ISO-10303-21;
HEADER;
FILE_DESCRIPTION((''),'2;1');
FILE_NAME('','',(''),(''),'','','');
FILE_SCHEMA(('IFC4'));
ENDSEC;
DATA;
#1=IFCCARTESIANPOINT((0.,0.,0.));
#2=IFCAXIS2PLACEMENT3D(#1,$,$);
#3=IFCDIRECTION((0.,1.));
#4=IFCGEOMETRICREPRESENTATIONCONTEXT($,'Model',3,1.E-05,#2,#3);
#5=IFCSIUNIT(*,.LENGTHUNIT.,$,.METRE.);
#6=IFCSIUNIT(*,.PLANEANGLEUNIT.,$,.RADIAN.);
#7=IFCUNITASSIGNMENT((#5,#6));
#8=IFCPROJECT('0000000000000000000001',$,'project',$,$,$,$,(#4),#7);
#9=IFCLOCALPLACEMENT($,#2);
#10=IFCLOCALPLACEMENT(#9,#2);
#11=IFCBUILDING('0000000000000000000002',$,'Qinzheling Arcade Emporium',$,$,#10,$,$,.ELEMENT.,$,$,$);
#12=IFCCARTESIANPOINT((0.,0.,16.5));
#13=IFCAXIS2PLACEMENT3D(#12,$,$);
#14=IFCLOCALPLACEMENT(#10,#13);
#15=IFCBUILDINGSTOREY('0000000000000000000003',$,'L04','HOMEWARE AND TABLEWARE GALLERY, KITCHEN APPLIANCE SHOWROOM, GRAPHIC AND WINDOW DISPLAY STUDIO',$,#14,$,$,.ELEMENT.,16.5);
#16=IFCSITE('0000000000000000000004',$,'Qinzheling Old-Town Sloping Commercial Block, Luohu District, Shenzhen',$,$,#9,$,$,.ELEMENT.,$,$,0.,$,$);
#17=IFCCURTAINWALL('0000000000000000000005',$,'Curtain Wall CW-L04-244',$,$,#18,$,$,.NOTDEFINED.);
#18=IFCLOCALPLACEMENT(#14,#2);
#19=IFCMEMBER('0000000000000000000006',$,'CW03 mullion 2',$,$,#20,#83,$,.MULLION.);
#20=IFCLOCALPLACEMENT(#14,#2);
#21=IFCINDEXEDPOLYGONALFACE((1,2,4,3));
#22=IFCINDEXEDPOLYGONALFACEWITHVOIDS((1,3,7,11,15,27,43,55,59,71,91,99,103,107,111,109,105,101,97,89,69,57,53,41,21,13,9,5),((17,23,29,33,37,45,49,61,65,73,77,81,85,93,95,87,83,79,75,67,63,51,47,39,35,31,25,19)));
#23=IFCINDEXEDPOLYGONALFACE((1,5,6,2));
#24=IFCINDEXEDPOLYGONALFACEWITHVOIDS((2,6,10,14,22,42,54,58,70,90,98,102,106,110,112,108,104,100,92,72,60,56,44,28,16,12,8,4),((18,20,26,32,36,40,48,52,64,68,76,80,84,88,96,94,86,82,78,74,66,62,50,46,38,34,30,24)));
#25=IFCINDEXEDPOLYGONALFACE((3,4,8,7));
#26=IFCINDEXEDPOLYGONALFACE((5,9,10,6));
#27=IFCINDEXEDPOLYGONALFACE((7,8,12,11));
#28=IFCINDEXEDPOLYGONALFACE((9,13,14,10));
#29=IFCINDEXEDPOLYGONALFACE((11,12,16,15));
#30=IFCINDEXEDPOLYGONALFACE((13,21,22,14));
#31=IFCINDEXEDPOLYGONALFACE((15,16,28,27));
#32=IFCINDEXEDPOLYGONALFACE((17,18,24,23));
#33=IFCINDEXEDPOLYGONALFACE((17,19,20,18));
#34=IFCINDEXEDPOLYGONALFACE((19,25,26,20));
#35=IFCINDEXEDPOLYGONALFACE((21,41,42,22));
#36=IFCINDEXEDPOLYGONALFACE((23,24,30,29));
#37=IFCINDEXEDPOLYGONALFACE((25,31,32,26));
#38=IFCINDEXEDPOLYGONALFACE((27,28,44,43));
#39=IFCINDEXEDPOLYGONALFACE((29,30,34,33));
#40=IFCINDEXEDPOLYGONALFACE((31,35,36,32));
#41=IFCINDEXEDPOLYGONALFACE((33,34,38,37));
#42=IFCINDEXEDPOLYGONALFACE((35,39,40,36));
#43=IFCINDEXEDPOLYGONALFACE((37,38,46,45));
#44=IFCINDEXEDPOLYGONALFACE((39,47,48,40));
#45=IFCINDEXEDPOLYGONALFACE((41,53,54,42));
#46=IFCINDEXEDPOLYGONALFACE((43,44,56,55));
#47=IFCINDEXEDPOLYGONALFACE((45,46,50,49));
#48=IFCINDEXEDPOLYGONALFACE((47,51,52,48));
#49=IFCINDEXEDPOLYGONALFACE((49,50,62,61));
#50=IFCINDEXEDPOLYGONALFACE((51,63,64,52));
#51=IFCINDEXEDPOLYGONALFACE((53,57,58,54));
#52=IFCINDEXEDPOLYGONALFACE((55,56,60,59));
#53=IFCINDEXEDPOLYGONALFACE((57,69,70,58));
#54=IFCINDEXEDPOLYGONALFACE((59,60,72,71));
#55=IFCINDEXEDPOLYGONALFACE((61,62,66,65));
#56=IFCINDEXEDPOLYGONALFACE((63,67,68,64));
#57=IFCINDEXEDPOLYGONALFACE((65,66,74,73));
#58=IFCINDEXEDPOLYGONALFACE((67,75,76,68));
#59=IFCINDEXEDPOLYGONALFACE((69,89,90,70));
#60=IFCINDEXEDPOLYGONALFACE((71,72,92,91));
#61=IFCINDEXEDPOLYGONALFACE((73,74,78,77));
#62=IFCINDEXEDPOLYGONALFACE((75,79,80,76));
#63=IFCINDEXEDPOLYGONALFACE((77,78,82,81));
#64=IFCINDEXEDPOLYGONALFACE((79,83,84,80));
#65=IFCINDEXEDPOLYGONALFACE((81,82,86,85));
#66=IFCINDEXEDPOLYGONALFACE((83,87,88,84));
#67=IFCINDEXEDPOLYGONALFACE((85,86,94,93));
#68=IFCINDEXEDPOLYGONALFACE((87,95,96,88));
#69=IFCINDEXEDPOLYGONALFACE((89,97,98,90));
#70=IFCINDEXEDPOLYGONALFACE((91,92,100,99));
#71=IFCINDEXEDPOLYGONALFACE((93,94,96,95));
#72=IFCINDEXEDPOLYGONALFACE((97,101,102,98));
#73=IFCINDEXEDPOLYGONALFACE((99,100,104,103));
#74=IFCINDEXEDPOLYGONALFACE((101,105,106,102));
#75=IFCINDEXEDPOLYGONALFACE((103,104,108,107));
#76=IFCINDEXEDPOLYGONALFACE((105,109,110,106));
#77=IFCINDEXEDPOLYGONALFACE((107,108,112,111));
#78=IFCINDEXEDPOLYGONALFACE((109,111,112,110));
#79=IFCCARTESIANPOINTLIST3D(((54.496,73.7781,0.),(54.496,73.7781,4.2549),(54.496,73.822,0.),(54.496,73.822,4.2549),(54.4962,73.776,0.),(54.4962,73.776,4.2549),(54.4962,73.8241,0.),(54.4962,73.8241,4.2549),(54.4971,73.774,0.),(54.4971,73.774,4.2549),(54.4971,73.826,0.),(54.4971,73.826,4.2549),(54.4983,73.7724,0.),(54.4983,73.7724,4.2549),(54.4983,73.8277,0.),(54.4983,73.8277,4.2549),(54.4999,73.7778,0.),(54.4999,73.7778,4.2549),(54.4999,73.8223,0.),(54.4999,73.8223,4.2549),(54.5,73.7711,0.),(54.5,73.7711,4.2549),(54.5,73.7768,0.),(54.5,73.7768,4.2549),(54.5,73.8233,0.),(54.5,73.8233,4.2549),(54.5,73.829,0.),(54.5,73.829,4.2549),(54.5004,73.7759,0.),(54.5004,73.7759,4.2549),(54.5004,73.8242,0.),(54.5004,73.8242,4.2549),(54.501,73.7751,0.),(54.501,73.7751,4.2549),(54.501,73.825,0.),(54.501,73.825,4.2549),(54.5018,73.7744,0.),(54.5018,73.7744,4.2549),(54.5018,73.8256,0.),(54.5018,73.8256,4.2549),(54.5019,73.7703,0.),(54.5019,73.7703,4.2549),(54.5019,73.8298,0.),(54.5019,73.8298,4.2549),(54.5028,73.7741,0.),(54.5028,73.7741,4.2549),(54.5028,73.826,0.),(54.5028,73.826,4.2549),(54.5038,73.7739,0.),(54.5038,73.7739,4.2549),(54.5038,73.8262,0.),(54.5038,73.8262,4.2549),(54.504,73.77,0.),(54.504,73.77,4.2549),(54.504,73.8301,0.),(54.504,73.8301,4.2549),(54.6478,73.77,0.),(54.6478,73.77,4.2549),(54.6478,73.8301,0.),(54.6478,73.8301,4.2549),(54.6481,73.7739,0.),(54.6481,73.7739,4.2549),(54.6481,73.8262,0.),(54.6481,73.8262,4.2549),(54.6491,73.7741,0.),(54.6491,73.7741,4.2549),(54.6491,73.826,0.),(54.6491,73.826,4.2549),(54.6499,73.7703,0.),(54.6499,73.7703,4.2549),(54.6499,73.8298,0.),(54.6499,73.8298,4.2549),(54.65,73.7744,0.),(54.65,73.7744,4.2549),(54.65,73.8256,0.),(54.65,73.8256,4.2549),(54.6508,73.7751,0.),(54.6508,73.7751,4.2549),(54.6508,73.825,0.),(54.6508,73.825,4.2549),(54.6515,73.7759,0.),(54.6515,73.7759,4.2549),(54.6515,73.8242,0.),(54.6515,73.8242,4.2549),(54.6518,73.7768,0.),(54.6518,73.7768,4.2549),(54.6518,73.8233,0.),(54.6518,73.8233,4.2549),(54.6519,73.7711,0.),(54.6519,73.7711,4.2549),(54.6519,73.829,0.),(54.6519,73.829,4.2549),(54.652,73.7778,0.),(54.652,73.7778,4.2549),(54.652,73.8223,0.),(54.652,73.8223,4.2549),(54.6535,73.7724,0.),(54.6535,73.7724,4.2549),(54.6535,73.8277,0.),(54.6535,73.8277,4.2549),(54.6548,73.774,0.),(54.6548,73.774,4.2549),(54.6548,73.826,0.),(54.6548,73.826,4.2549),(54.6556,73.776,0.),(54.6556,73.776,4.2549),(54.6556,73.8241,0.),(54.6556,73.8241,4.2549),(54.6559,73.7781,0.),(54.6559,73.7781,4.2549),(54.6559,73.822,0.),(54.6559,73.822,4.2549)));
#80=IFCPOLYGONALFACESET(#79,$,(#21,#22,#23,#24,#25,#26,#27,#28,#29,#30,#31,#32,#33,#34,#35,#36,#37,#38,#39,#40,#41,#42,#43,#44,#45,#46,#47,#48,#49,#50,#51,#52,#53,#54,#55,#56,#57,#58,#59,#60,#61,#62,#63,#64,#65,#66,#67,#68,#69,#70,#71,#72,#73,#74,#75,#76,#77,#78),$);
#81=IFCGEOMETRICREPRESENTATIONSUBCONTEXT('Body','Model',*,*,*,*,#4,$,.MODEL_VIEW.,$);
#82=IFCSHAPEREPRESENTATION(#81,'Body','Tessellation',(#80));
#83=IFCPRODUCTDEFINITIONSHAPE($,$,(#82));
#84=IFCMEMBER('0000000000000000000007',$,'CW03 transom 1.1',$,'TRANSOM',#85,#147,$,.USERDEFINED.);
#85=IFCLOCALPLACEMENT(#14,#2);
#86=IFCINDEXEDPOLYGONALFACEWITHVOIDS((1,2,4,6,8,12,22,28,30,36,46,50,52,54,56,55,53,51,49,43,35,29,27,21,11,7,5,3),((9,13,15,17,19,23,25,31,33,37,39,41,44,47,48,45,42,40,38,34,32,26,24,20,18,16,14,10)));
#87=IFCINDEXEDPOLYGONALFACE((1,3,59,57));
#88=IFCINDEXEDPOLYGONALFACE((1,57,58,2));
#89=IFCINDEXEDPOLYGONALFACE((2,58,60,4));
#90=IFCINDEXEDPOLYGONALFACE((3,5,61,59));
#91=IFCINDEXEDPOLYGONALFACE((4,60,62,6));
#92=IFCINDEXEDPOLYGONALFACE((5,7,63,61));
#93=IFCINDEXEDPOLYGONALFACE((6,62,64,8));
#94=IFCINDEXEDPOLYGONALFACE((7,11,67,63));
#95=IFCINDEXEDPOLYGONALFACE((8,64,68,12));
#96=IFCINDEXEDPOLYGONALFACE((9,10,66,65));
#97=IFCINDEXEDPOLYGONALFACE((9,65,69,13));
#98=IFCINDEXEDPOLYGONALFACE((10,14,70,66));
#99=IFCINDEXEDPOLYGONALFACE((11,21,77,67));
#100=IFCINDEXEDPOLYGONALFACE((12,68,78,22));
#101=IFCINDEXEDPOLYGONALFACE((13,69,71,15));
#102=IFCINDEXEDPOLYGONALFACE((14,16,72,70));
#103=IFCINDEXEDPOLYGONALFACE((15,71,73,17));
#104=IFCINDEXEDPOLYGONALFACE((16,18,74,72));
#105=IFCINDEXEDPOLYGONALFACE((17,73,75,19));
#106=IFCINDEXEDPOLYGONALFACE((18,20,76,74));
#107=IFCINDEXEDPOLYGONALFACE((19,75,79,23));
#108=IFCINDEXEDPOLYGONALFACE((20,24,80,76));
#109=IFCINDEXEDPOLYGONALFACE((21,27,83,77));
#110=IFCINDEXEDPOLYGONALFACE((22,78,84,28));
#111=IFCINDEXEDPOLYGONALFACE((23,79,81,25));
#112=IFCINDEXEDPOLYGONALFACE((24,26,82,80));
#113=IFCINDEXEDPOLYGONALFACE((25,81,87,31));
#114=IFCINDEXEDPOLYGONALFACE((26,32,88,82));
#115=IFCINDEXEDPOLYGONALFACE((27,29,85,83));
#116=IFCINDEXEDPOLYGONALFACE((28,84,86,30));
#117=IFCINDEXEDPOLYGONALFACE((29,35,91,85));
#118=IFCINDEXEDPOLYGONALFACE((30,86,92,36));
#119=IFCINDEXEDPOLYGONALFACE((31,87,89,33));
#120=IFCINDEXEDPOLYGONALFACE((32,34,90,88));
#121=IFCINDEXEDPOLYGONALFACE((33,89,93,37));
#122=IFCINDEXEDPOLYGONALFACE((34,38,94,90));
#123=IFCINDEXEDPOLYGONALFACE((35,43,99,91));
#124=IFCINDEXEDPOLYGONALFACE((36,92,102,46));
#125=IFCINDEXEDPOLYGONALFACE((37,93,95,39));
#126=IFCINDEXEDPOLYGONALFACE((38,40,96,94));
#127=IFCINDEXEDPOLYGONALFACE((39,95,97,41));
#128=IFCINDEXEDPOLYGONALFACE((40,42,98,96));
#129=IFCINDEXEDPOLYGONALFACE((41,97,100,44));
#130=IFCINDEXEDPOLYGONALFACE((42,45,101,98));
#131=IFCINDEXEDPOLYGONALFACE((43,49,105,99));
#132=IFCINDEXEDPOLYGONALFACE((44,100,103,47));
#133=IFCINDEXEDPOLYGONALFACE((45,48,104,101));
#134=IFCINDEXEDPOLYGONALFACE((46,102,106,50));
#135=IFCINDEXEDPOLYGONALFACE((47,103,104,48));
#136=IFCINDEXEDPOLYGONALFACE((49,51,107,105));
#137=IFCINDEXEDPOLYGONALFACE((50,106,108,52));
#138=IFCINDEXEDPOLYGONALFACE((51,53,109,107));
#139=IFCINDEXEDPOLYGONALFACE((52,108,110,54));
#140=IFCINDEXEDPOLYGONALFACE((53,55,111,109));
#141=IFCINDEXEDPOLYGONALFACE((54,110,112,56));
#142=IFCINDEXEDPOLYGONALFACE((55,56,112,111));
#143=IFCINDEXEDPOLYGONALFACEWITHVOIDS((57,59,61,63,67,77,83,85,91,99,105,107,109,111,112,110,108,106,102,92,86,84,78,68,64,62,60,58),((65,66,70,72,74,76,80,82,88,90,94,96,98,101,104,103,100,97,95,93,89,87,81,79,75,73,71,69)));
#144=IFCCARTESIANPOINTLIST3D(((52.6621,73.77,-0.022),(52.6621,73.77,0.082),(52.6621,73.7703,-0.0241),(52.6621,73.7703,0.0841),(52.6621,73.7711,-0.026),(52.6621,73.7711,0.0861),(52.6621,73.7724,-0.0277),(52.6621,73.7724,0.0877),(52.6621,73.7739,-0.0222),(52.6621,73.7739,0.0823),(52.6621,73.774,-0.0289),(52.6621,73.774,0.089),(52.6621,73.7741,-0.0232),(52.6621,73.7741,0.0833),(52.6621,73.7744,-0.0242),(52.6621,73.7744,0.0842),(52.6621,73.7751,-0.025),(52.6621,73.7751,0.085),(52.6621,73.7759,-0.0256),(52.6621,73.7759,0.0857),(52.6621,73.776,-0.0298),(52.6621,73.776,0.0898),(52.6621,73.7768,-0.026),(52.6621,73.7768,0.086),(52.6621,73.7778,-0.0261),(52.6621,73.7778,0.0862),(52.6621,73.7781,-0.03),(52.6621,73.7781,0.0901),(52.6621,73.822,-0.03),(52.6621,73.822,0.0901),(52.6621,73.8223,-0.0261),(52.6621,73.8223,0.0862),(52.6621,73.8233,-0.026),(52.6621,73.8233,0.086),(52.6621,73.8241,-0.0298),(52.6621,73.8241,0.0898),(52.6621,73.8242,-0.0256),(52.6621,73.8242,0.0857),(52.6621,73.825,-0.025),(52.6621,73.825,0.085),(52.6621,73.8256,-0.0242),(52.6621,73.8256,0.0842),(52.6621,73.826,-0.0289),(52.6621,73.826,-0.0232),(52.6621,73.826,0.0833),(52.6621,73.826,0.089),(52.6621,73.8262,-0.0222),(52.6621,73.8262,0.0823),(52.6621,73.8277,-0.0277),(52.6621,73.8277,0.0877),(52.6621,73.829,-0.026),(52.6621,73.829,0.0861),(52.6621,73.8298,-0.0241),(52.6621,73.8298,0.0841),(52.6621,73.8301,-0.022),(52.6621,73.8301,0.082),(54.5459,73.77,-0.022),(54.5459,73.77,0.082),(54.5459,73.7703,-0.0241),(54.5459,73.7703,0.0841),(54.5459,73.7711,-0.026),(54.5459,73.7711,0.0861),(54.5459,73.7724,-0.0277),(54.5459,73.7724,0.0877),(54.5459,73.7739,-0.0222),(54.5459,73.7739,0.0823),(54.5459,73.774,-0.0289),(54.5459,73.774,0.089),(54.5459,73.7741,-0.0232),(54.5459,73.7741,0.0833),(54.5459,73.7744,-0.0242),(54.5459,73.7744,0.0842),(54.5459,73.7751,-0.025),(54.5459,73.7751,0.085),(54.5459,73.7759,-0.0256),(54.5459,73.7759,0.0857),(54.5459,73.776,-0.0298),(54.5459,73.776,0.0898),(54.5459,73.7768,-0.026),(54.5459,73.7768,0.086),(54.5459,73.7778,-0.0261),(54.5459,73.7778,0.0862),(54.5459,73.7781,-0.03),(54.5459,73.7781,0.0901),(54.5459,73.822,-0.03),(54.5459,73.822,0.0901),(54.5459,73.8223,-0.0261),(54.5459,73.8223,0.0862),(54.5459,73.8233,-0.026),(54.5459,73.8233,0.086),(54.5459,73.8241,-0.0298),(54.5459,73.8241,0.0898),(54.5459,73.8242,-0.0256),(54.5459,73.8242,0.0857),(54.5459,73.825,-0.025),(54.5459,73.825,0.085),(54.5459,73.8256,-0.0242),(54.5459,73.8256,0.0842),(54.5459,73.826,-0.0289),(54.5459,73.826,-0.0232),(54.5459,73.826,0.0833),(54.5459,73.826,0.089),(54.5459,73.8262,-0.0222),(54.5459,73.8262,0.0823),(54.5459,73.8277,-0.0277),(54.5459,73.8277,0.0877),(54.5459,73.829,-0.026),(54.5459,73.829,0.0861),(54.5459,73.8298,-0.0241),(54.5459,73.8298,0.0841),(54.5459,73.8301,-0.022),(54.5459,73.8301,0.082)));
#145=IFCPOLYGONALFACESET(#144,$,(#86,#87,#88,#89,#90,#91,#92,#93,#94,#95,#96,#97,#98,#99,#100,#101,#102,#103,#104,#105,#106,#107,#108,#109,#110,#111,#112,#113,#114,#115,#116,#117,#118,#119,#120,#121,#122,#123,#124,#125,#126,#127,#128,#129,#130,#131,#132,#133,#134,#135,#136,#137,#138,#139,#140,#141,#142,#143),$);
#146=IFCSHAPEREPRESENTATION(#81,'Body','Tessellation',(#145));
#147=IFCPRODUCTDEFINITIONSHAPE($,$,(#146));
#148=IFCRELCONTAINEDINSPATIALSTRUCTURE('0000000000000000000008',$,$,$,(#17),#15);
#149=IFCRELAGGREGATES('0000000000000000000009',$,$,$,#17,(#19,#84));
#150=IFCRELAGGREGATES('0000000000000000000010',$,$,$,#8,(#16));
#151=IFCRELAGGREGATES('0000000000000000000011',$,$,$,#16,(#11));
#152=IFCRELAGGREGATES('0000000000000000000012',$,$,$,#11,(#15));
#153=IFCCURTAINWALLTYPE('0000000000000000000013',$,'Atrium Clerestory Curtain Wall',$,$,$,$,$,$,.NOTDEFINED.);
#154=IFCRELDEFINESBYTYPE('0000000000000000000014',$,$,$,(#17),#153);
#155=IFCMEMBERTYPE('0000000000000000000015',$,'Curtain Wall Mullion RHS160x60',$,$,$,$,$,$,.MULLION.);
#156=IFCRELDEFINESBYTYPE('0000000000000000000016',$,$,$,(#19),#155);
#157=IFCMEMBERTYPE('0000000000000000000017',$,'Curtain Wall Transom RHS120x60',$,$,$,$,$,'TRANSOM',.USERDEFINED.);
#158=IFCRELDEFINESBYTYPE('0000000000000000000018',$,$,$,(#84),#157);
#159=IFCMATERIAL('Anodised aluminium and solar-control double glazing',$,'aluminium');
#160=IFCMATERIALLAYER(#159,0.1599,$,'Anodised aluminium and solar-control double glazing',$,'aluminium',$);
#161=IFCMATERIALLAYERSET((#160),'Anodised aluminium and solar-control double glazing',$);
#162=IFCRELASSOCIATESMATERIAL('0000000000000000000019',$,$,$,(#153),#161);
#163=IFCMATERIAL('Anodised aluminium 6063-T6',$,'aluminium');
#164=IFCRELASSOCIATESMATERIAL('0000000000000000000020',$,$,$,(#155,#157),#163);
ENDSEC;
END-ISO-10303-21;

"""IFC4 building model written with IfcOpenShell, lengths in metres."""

from ifc_helpers import new_model, si_unit, direction, frame, origin, origin_2d, place, context, subcontext, project, spatial, hollow_rectangle, extrude, material, layer, layer_set, material_profile, profile_set, type_object, element, aggregate, save


model = new_model("IFC4")

# Units and contexts
model_context = context("Model", 3, precision=1e-05, world=origin(), true_north=direction((0.0, 1.0)))
body_context = subcontext(model_context, "Body", "Model", "MODEL_VIEW")
ifc_project = project(units=[si_unit("LENGTHUNIT", "METRE"), si_unit("PLANEANGLEUNIT", "RADIAN")], contexts=[model_context])

# Site, building, storey
site_placement = place(None, origin())
site = spatial("IfcSite", under=ifc_project, at=site_placement, Name="Qinzheling Old-Town Sloping Commercial Block, Luohu District, Shenzhen", CompositionType="ELEMENT", RefElevation=0.0)
building_placement = place(site_placement, origin())
building = spatial("IfcBuilding", under=site, at=building_placement, Name="Qinzheling Arcade Emporium", CompositionType="ELEMENT")
storey_placement = place(building_placement, frame((0.0, 0.0, 16.5)))
storey = spatial("IfcBuildingStorey", under=building, at=storey_placement, Name="L04", Description="HOMEWARE AND TABLEWARE GALLERY, KITCHEN APPLIANCE SHOWROOM, GRAPHIC AND WINDOW DISPLAY STUDIO", CompositionType="ELEMENT", Elevation=16.5)

# Shared definitions
ifc_material_1 = material(Name="Anodised aluminium and solar-control double glazing", Category="aluminium")
ifc_layer_1 = layer(ifc_material_1, 0.1599, Name="Anodised aluminium and solar-control double glazing", Category="aluminium")
ifc_layer_set_1 = layer_set([ifc_layer_1], Name="Anodised aluminium and solar-control double glazing")
curtain_wall_type = type_object("IfcCurtainWallType", Name="Atrium Clerestory Curtain Wall", PredefinedType="NOTDEFINED", material=ifc_layer_set_1)
ifc_material_2 = material(Name="Anodised aluminium 6063-T6", Category="aluminium")
ifc_material_profile_1 = material_profile(ifc_material_2, hollow_rectangle(XDim=0.0601, YDim=0.1599, WallThickness=0.0039, InnerFilletRadius=0.0039, OuterFilletRadius=0.0081, at=origin_2d()), Name="RHS 160x60x4", Category="aluminium")
ifc_profile_set_1 = profile_set([ifc_material_profile_1], Name="Anodised aluminium 6063-T6")
member_type_1 = type_object("IfcMemberType", Name="Curtain Wall Mullion RHS160x60", PredefinedType="MULLION", material=ifc_profile_set_1)

# Curtain wall, members
curtain_wall_1_placement = place(storey_placement, origin())
curtain_wall_1 = element("IfcCurtainWall", 1, at=curtain_wall_1_placement, inside=storey, type_object=curtain_wall_type, Name="Curtain Wall CW-L04-244", PredefinedType="NOTDEFINED")
member_1_placement = place(storey_placement, frame((54.5759, 73.8, 0.0), z_axis=(0.0, 0.0, 1.0), x_axis=(0.0, 1.0, 0.0)))
member_1 = element("IfcMember", 2, at=member_1_placement, type_object=member_type_1, Name="CW03 mullion 2", PredefinedType="MULLION", context=body_context, shape_type="SweptSolid", body=[
    extrude(hollow_rectangle(XDim=0.0601, YDim=0.1599, WallThickness=0.0039, InnerFilletRadius=0.0039, OuterFilletRadius=0.0081, at=origin_2d()), origin(), (0.0, 0.0, 1.0), 4.2549),
])
ifc_material_profile_2 = material_profile(ifc_material_2, hollow_rectangle(XDim=0.0601, YDim=0.1201, WallThickness=0.0039, InnerFilletRadius=0.0039, OuterFilletRadius=0.0081, at=origin_2d()), Name="RHS 120x60x4", Category="aluminium")
ifc_profile_set_2 = profile_set([ifc_material_profile_2], Name="Anodised aluminium 6063-T6")
member_type_2 = type_object("IfcMemberType", Name="Curtain Wall Transom RHS120x60", ElementType="TRANSOM", PredefinedType="USERDEFINED", material=ifc_profile_set_2)
member_2_placement = place(storey_placement, frame((52.6621, 73.8, 0.03), z_axis=(1.0, 0.0, 0.0), x_axis=(0.0, 1.0, 0.0)))
member_2 = element("IfcMember", 3, at=member_2_placement, type_object=member_type_2, Name="CW03 transom 1.1", ObjectType="TRANSOM", PredefinedType="USERDEFINED", context=body_context, shape_type="SweptSolid", body=[
    extrude(hollow_rectangle(XDim=0.0601, YDim=0.1201, WallThickness=0.0039, InnerFilletRadius=0.0039, OuterFilletRadius=0.0081, at=origin_2d()), origin(), (0.0, 0.0, 1.0), 1.8838),
])

aggregate(curtain_wall_1, [member_1, member_2])

save(model, "model.ifc")
